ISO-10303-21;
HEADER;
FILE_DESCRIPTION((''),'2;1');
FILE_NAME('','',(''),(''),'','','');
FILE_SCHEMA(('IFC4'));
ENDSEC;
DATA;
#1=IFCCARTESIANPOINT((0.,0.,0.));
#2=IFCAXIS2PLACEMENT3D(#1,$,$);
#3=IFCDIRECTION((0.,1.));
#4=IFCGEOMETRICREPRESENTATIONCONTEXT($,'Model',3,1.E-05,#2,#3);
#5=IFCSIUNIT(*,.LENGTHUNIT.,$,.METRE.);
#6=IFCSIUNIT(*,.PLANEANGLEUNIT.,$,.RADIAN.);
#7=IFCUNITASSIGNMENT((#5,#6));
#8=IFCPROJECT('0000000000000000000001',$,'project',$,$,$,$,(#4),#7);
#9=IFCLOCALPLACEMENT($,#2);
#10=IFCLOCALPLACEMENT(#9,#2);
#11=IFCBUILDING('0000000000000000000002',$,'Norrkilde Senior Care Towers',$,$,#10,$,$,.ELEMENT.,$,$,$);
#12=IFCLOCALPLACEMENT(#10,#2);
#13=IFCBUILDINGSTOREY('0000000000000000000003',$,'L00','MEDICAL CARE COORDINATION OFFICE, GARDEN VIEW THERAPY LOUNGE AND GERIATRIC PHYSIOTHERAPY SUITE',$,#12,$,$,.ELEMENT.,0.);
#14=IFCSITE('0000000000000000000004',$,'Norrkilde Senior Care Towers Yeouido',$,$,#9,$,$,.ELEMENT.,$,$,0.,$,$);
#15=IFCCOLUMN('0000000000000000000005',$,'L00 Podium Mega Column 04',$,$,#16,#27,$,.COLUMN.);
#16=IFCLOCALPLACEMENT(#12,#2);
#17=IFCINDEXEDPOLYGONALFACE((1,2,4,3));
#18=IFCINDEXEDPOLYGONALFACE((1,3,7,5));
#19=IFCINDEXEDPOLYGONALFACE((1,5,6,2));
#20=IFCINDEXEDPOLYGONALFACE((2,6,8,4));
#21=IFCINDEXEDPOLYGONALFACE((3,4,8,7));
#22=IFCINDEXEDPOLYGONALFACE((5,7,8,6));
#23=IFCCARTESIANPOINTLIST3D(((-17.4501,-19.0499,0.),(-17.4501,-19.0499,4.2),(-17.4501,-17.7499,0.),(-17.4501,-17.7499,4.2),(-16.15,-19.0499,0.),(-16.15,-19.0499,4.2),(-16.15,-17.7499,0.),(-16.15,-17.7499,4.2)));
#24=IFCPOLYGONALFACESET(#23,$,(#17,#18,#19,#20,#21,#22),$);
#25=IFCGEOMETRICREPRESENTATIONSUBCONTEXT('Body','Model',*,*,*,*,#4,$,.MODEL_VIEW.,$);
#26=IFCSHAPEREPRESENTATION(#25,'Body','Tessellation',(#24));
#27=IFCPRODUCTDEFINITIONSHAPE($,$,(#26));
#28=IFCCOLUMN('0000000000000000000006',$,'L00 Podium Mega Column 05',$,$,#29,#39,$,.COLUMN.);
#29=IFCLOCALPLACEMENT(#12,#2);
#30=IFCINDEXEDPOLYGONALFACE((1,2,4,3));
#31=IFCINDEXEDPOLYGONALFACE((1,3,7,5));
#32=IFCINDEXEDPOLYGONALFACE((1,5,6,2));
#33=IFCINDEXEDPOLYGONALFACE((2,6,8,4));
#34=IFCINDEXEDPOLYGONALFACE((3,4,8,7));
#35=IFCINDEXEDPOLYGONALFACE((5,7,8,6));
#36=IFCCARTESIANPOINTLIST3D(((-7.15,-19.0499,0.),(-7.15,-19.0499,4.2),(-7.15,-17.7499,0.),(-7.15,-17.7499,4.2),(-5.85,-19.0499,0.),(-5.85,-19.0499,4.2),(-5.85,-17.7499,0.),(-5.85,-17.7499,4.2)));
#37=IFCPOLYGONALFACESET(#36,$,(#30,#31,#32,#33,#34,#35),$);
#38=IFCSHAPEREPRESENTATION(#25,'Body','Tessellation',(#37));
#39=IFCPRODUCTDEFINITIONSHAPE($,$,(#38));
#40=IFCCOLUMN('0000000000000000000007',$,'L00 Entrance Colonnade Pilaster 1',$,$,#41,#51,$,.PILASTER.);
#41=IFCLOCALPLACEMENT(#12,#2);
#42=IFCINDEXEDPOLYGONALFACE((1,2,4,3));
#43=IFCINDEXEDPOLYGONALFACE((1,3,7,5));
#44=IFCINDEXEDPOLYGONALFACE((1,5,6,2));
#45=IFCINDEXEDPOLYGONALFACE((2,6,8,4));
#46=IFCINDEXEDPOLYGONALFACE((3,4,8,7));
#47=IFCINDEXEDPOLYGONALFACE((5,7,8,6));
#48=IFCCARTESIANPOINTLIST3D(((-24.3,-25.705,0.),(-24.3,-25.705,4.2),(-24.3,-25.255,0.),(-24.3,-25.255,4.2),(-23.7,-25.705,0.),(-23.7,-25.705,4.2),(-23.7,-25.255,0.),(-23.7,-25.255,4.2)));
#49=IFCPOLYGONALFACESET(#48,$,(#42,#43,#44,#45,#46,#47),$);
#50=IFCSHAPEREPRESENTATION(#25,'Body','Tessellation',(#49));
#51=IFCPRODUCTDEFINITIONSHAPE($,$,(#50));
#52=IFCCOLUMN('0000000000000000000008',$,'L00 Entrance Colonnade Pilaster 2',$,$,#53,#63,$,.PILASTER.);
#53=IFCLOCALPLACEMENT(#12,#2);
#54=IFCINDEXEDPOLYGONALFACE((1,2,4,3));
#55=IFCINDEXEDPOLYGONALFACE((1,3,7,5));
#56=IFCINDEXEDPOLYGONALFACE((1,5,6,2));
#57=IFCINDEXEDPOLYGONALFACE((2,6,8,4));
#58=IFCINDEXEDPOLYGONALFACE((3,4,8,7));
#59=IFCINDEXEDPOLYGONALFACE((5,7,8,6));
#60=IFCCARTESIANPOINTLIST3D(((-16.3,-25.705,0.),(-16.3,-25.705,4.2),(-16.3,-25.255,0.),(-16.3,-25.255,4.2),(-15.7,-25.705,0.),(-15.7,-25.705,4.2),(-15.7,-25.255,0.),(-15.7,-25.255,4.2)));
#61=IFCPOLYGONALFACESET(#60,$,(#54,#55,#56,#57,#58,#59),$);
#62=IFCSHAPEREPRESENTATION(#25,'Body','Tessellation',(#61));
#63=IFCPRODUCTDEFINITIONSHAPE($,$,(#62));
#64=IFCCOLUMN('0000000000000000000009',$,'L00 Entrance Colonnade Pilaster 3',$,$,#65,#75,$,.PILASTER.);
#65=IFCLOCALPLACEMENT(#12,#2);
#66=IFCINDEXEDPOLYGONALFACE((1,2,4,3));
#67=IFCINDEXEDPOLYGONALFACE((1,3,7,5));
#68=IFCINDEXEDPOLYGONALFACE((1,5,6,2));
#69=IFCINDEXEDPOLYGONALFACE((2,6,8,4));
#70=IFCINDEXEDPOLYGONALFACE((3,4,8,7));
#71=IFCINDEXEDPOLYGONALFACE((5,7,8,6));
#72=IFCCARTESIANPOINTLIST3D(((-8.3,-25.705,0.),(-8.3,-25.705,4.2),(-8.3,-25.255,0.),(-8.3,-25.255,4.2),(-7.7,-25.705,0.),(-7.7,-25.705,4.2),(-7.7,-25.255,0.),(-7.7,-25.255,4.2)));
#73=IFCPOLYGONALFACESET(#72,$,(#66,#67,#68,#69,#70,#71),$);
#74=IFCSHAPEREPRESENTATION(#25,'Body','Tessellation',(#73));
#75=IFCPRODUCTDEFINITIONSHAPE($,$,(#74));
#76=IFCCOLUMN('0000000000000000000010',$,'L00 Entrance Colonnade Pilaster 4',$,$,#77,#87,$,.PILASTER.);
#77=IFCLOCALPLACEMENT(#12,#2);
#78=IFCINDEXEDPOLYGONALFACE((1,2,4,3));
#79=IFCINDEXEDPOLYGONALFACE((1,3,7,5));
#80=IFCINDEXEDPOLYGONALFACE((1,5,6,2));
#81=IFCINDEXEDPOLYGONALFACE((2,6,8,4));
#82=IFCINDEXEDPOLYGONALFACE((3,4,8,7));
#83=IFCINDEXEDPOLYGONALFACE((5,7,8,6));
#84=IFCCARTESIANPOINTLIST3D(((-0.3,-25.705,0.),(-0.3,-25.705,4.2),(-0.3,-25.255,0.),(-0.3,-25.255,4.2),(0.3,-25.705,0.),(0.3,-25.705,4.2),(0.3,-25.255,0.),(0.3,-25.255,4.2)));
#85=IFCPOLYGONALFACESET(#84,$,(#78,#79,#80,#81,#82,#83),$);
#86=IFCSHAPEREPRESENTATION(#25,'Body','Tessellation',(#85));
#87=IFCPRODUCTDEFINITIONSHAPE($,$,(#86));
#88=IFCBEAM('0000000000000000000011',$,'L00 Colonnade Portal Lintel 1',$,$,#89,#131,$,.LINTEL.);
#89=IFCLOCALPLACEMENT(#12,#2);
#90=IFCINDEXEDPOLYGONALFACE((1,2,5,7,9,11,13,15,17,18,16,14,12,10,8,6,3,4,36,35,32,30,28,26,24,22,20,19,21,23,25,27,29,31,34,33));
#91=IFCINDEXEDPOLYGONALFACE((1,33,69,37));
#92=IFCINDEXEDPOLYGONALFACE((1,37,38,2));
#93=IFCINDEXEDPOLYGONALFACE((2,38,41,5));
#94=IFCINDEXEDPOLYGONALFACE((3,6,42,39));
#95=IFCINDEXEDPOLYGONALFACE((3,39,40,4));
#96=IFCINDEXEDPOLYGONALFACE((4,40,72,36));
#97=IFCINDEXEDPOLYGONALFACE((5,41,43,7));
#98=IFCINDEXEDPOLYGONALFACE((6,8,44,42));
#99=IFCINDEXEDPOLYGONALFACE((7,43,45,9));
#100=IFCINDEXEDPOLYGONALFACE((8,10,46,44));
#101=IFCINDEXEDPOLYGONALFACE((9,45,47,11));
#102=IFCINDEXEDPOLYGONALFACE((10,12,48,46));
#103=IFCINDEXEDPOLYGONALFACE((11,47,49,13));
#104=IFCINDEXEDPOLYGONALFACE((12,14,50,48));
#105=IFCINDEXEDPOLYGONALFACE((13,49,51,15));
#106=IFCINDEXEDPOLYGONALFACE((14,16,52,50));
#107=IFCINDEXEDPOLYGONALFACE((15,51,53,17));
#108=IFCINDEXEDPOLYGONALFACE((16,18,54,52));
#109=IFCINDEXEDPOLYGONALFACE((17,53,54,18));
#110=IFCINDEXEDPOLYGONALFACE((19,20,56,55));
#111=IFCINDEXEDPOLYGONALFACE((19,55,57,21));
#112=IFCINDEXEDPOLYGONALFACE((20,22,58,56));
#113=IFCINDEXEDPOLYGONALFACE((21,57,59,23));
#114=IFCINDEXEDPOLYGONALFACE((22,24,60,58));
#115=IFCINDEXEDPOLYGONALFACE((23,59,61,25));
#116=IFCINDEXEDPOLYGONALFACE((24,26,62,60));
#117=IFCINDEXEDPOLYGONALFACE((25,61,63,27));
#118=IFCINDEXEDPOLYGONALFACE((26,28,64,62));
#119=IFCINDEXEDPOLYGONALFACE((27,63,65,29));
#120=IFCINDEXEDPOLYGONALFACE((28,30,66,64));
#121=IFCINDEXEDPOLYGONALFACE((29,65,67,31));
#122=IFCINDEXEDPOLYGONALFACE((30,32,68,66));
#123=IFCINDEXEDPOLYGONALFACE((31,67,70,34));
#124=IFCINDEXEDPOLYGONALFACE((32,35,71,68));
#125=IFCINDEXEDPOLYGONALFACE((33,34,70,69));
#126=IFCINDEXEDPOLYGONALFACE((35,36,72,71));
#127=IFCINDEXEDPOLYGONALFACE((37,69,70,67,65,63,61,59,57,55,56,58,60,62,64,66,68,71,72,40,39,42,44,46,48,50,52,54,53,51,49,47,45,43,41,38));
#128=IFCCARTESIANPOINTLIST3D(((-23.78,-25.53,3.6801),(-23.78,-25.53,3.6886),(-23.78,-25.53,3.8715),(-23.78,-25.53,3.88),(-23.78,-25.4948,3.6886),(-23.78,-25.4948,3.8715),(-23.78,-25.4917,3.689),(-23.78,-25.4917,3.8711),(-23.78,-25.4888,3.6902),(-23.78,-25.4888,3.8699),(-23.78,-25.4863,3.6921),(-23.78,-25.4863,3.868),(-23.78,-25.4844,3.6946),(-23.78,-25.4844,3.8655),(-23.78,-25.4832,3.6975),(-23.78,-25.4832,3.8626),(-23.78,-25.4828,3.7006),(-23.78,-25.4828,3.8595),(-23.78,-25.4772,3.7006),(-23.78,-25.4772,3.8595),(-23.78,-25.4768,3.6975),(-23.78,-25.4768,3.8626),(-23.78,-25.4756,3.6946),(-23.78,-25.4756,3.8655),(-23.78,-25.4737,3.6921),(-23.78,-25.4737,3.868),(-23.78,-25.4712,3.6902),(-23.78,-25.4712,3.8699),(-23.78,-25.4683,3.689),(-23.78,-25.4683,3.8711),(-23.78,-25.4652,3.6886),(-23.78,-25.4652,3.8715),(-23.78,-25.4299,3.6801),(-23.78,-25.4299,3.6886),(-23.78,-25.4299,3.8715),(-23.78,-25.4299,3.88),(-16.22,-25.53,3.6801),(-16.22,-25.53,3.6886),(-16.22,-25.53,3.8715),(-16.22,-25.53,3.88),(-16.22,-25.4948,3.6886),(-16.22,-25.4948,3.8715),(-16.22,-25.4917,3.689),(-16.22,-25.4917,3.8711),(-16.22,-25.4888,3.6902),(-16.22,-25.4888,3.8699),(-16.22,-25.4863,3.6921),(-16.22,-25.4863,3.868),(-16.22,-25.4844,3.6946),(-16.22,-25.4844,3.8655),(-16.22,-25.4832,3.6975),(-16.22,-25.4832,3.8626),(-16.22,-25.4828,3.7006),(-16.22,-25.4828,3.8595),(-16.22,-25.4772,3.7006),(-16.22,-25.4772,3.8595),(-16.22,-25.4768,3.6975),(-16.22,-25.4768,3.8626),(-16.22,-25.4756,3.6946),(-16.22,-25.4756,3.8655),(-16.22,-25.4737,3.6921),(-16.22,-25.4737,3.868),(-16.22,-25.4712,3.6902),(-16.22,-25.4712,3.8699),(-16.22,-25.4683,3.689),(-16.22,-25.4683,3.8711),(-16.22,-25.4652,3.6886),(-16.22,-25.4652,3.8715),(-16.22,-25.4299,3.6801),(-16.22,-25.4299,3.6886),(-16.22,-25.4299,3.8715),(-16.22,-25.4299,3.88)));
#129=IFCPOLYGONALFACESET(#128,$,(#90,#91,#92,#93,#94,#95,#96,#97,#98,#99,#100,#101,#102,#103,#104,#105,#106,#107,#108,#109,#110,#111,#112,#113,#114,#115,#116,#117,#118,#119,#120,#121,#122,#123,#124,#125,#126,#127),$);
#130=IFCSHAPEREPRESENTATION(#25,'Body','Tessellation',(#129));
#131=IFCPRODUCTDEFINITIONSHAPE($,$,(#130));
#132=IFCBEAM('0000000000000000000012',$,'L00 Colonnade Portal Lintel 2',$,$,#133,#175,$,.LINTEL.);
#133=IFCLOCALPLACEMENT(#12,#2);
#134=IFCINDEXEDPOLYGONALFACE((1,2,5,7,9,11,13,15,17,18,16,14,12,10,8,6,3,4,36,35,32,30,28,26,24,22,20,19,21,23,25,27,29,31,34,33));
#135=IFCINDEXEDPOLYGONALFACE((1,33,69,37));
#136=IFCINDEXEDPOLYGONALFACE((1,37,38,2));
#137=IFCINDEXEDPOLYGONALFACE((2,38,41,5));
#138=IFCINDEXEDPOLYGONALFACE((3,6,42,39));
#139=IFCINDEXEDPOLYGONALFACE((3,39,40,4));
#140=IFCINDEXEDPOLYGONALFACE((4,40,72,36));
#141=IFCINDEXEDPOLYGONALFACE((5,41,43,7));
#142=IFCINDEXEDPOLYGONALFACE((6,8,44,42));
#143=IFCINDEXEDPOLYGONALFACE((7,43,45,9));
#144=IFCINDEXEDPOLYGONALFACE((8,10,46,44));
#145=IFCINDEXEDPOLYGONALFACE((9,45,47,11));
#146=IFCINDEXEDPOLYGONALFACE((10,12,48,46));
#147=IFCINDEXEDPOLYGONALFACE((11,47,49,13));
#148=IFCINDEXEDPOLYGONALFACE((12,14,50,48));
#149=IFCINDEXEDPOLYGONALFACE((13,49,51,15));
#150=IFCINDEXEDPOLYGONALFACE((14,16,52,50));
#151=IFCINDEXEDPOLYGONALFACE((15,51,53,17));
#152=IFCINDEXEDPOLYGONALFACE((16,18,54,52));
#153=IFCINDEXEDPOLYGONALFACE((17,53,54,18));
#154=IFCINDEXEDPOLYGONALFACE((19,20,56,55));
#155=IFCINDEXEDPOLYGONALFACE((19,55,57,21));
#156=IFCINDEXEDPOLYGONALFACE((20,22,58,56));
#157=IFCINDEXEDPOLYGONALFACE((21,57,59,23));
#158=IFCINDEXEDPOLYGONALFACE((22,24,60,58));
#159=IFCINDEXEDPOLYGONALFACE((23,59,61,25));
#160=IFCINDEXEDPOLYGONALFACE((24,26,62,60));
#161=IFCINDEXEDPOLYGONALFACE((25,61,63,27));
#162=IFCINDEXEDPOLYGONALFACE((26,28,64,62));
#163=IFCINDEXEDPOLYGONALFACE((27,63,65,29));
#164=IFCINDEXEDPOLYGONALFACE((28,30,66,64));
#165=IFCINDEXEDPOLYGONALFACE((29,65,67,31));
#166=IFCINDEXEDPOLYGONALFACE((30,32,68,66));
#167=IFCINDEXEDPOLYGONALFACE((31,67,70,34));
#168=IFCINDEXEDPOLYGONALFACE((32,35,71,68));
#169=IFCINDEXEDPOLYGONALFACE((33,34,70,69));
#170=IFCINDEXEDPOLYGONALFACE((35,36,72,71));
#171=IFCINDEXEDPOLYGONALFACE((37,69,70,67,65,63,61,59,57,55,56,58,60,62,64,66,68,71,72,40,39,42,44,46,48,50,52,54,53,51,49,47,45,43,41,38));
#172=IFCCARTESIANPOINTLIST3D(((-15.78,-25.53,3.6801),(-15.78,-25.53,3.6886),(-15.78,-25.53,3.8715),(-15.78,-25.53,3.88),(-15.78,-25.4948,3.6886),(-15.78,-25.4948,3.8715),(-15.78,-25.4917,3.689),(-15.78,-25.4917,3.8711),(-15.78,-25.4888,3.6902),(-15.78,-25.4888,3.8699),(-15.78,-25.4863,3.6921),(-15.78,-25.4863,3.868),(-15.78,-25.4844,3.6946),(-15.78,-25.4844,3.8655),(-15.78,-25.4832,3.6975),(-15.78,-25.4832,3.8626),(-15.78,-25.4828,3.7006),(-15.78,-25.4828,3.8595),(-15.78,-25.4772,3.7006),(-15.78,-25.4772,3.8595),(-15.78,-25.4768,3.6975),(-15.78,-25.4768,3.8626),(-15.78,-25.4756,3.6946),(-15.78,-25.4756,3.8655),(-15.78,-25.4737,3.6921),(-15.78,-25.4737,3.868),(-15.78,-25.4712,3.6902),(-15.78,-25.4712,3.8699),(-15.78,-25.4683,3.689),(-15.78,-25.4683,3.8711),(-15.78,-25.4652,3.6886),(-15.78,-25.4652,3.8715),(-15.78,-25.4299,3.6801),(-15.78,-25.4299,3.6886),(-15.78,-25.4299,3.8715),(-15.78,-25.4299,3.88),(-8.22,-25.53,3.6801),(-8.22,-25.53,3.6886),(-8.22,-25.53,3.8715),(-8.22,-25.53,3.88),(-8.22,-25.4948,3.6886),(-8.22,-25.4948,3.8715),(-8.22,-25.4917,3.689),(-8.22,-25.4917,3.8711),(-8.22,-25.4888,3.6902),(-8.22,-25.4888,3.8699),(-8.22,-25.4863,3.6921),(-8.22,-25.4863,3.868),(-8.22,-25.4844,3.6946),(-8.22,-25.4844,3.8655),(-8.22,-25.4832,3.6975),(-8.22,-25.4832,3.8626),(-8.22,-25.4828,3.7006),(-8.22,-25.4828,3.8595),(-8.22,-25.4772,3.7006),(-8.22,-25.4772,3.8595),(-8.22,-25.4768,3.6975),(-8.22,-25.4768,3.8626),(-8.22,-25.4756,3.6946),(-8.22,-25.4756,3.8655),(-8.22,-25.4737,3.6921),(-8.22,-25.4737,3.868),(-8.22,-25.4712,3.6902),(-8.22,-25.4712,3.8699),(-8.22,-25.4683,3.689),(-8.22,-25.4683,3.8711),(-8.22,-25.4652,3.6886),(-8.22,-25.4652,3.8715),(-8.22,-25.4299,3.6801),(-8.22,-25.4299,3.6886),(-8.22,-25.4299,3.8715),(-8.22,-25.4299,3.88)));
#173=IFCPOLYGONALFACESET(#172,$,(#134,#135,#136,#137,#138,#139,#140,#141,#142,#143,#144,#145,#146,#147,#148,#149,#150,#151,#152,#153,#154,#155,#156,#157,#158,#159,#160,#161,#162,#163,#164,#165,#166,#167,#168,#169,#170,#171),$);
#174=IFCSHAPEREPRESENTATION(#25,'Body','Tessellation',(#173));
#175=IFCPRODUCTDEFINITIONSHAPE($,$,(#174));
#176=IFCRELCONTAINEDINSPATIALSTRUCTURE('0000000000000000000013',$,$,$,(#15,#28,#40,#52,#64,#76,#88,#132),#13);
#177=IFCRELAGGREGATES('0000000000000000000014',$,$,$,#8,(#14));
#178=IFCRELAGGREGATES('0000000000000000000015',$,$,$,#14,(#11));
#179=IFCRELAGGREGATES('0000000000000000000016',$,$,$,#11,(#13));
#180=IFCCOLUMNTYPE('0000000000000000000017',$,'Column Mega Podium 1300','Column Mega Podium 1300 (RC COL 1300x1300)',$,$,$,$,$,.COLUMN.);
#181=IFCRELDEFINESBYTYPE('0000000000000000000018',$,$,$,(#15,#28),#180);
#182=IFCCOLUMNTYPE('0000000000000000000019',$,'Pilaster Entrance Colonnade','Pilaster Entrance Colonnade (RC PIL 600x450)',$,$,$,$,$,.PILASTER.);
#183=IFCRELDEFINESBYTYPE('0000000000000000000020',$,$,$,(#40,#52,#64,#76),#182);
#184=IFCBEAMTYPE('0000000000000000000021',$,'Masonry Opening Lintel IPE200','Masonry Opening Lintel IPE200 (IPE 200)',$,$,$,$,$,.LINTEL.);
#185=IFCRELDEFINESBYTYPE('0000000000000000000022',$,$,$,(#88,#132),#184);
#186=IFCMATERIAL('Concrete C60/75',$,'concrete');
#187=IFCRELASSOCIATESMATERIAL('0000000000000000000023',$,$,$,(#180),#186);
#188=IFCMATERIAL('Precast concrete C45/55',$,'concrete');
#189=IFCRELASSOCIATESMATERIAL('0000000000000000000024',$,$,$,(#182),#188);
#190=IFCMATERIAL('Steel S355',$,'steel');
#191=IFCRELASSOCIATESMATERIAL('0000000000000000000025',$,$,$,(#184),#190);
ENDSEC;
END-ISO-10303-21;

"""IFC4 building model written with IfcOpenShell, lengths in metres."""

from ifc_helpers import new_model, si_unit, direction, frame, origin, origin_2d, place, context, subcontext, project, spatial, rectangle, i_section, extrude, source, transform, mapped, material, material_profile, profile_set, type_object, type_shapes, element, save


model = new_model("IFC4")

# Units and contexts
model_context = context("Model", 3, precision=1e-05, world=origin(), true_north=direction((0.0, 1.0)))
body_context = subcontext(model_context, "Body", "Model", "MODEL_VIEW")
ifc_project = project(units=[si_unit("LENGTHUNIT", "METRE"), si_unit("PLANEANGLEUNIT", "RADIAN")], contexts=[model_context])

# Site, building, storey
site_placement = place(None, origin())
site = spatial("IfcSite", under=ifc_project, at=site_placement, Name="Norrkilde Senior Care Towers Yeouido", CompositionType="ELEMENT", RefElevation=0.0)
building_placement = place(site_placement, origin())
building = spatial("IfcBuilding", under=site, at=building_placement, Name="Norrkilde Senior Care Towers", CompositionType="ELEMENT")
storey_placement = place(building_placement, origin())
storey = spatial("IfcBuildingStorey", under=building, at=storey_placement, Name="L00", Description="MEDICAL CARE COORDINATION OFFICE, GARDEN VIEW THERAPY LOUNGE AND GERIATRIC PHYSIOTHERAPY SUITE", CompositionType="ELEMENT", Elevation=0.0)

# Columns
ifc_material_1 = material(Name="Concrete C60/75", Category="concrete")
ifc_material_profile_1 = material_profile(ifc_material_1, rectangle(XDim=1.3, YDim=1.3, at=origin_2d()), Name="RC COL 1300x1300")
ifc_profile_set_1 = profile_set([ifc_material_profile_1], Name="Concrete C60/75")
column_type_1 = type_object("IfcColumnType", Name="Column Mega Podium 1300", Description="Column Mega Podium 1300 (RC COL 1300x1300)", PredefinedType="COLUMN", material=ifc_profile_set_1)
shared_shape_1 = source(origin(), body_context, "Body", "SweptSolid", [
    extrude(rectangle(XDim=1.3, YDim=1.3, at=origin_2d()), origin(), (0.0, 0.0, 1.0), 4.2),
])
type_shapes(column_type_1, [shared_shape_1])
for number, where, z_axis, x_axis, name in (
    (1, (-16.8, -18.3999, 0.0), (0.0, 0.0, 1.0), (1.0, 0.0, 0.0), "L00 Podium Mega Column 04"),
    (2, (-6.5, -18.3999, 0.0), (0.0, 0.0, 1.0), (1.0, 0.0, 0.0), "L00 Podium Mega Column 05"),
):
    element("IfcColumn", number, at=place(storey_placement, frame(where, z_axis=z_axis, x_axis=x_axis)), inside=storey, type_object=column_type_1, Name=name, PredefinedType="COLUMN", context=body_context, shape_type="MappedRepresentation", body=[
        mapped(shared_shape_1, transform((0.0, 0.0, 0.0), x_axis=(1.0, 0.0, 0.0), y_axis=(0.0, 1.0, 0.0), z_axis=(0.0, 0.0, 1.0), scale=1.0)),
    ])
ifc_material_2 = material(Name="Precast concrete C45/55", Category="concrete")
ifc_material_profile_2 = material_profile(ifc_material_2, rectangle(XDim=0.6001, YDim=0.45, at=origin_2d()), Name="RC PIL 600x450")
ifc_profile_set_2 = profile_set([ifc_material_profile_2], Name="Precast concrete C45/55")
column_type_2 = type_object("IfcColumnType", Name="Pilaster Entrance Colonnade", Description="Pilaster Entrance Colonnade (RC PIL 600x450)", PredefinedType="PILASTER", material=ifc_profile_set_2)
shared_shape_2 = source(origin(), body_context, "Body", "SweptSolid", [
    extrude(rectangle(XDim=0.6001, YDim=0.45, at=origin_2d()), origin(), (0.0, 0.0, 1.0), 4.2),
])
type_shapes(column_type_2, [shared_shape_2])
for number, where, z_axis, x_axis, name in (
    (3, (-24.0, -25.48, 0.0), (0.0, 0.0, 1.0), (1.0, 0.0, 0.0), "L00 Entrance Colonnade Pilaster 1"),
    (4, (-16.0, -25.48, 0.0), (0.0, 0.0, 1.0), (1.0, 0.0, 0.0), "L00 Entrance Colonnade Pilaster 2"),
    (5, (-8.0, -25.48, 0.0), (0.0, 0.0, 1.0), (1.0, 0.0, 0.0), "L00 Entrance Colonnade Pilaster 3"),
    (6, (0.0, -25.48, 0.0), (0.0, 0.0, 1.0), (1.0, 0.0, 0.0), "L00 Entrance Colonnade Pilaster 4"),
):
    element("IfcColumn", number, at=place(storey_placement, frame(where, z_axis=z_axis, x_axis=x_axis)), inside=storey, type_object=column_type_2, Name=name, PredefinedType="PILASTER", context=body_context, shape_type="MappedRepresentation", body=[
        mapped(shared_shape_2, transform((0.0, 0.0, 0.0), x_axis=(1.0, 0.0, 0.0), y_axis=(0.0, 1.0, 0.0), z_axis=(0.0, 0.0, 1.0), scale=1.0)),
    ])

# Beams
ifc_material_3 = material(Name="Steel S355", Category="steel")
ifc_material_profile_3 = material_profile(ifc_material_3, i_section(OverallWidth=0.1001, OverallDepth=0.2, WebThickness=0.0056, FlangeThickness=0.0085, FilletRadius=0.012, at=origin_2d()), Name="IPE 200")
ifc_profile_set_3 = profile_set([ifc_material_profile_3], Name="Steel S355")
beam_type_1 = type_object("IfcBeamType", Name="Masonry Opening Lintel IPE200", Description="Masonry Opening Lintel IPE200 (IPE 200)", PredefinedType="LINTEL", material=ifc_profile_set_3)
shared_shape_3 = source(origin(), body_context, "Body", "SweptSolid", [
    extrude(i_section(OverallWidth=0.1001, OverallDepth=0.2, WebThickness=0.0056, FlangeThickness=0.0085, FilletRadius=0.012, at=origin_2d()), origin(), (0.0, 0.0, 1.0), 7.5601),
])
type_shapes(beam_type_1, [shared_shape_3])
for number, where, z_axis, x_axis, name in (
    (7, (-23.78, -25.48, 3.78), (1.0, 0.0, 0.0), (0.0, 1.0, 0.0), "L00 Colonnade Portal Lintel 1"),
    (8, (-15.78, -25.48, 3.78), (1.0, 0.0, 0.0), (0.0, 1.0, 0.0), "L00 Colonnade Portal Lintel 2"),
):
    element("IfcBeam", number, at=place(storey_placement, frame(where, z_axis=z_axis, x_axis=x_axis)), inside=storey, type_object=beam_type_1, Name=name, PredefinedType="LINTEL", context=body_context, shape_type="MappedRepresentation", body=[
        mapped(shared_shape_3, transform((0.0, 0.0, 0.0), x_axis=(1.0, 0.0, 0.0), y_axis=(0.0, 1.0, 0.0), z_axis=(0.0, 0.0, 1.0), scale=1.0)),
    ])

save(model, "model.ifc")
